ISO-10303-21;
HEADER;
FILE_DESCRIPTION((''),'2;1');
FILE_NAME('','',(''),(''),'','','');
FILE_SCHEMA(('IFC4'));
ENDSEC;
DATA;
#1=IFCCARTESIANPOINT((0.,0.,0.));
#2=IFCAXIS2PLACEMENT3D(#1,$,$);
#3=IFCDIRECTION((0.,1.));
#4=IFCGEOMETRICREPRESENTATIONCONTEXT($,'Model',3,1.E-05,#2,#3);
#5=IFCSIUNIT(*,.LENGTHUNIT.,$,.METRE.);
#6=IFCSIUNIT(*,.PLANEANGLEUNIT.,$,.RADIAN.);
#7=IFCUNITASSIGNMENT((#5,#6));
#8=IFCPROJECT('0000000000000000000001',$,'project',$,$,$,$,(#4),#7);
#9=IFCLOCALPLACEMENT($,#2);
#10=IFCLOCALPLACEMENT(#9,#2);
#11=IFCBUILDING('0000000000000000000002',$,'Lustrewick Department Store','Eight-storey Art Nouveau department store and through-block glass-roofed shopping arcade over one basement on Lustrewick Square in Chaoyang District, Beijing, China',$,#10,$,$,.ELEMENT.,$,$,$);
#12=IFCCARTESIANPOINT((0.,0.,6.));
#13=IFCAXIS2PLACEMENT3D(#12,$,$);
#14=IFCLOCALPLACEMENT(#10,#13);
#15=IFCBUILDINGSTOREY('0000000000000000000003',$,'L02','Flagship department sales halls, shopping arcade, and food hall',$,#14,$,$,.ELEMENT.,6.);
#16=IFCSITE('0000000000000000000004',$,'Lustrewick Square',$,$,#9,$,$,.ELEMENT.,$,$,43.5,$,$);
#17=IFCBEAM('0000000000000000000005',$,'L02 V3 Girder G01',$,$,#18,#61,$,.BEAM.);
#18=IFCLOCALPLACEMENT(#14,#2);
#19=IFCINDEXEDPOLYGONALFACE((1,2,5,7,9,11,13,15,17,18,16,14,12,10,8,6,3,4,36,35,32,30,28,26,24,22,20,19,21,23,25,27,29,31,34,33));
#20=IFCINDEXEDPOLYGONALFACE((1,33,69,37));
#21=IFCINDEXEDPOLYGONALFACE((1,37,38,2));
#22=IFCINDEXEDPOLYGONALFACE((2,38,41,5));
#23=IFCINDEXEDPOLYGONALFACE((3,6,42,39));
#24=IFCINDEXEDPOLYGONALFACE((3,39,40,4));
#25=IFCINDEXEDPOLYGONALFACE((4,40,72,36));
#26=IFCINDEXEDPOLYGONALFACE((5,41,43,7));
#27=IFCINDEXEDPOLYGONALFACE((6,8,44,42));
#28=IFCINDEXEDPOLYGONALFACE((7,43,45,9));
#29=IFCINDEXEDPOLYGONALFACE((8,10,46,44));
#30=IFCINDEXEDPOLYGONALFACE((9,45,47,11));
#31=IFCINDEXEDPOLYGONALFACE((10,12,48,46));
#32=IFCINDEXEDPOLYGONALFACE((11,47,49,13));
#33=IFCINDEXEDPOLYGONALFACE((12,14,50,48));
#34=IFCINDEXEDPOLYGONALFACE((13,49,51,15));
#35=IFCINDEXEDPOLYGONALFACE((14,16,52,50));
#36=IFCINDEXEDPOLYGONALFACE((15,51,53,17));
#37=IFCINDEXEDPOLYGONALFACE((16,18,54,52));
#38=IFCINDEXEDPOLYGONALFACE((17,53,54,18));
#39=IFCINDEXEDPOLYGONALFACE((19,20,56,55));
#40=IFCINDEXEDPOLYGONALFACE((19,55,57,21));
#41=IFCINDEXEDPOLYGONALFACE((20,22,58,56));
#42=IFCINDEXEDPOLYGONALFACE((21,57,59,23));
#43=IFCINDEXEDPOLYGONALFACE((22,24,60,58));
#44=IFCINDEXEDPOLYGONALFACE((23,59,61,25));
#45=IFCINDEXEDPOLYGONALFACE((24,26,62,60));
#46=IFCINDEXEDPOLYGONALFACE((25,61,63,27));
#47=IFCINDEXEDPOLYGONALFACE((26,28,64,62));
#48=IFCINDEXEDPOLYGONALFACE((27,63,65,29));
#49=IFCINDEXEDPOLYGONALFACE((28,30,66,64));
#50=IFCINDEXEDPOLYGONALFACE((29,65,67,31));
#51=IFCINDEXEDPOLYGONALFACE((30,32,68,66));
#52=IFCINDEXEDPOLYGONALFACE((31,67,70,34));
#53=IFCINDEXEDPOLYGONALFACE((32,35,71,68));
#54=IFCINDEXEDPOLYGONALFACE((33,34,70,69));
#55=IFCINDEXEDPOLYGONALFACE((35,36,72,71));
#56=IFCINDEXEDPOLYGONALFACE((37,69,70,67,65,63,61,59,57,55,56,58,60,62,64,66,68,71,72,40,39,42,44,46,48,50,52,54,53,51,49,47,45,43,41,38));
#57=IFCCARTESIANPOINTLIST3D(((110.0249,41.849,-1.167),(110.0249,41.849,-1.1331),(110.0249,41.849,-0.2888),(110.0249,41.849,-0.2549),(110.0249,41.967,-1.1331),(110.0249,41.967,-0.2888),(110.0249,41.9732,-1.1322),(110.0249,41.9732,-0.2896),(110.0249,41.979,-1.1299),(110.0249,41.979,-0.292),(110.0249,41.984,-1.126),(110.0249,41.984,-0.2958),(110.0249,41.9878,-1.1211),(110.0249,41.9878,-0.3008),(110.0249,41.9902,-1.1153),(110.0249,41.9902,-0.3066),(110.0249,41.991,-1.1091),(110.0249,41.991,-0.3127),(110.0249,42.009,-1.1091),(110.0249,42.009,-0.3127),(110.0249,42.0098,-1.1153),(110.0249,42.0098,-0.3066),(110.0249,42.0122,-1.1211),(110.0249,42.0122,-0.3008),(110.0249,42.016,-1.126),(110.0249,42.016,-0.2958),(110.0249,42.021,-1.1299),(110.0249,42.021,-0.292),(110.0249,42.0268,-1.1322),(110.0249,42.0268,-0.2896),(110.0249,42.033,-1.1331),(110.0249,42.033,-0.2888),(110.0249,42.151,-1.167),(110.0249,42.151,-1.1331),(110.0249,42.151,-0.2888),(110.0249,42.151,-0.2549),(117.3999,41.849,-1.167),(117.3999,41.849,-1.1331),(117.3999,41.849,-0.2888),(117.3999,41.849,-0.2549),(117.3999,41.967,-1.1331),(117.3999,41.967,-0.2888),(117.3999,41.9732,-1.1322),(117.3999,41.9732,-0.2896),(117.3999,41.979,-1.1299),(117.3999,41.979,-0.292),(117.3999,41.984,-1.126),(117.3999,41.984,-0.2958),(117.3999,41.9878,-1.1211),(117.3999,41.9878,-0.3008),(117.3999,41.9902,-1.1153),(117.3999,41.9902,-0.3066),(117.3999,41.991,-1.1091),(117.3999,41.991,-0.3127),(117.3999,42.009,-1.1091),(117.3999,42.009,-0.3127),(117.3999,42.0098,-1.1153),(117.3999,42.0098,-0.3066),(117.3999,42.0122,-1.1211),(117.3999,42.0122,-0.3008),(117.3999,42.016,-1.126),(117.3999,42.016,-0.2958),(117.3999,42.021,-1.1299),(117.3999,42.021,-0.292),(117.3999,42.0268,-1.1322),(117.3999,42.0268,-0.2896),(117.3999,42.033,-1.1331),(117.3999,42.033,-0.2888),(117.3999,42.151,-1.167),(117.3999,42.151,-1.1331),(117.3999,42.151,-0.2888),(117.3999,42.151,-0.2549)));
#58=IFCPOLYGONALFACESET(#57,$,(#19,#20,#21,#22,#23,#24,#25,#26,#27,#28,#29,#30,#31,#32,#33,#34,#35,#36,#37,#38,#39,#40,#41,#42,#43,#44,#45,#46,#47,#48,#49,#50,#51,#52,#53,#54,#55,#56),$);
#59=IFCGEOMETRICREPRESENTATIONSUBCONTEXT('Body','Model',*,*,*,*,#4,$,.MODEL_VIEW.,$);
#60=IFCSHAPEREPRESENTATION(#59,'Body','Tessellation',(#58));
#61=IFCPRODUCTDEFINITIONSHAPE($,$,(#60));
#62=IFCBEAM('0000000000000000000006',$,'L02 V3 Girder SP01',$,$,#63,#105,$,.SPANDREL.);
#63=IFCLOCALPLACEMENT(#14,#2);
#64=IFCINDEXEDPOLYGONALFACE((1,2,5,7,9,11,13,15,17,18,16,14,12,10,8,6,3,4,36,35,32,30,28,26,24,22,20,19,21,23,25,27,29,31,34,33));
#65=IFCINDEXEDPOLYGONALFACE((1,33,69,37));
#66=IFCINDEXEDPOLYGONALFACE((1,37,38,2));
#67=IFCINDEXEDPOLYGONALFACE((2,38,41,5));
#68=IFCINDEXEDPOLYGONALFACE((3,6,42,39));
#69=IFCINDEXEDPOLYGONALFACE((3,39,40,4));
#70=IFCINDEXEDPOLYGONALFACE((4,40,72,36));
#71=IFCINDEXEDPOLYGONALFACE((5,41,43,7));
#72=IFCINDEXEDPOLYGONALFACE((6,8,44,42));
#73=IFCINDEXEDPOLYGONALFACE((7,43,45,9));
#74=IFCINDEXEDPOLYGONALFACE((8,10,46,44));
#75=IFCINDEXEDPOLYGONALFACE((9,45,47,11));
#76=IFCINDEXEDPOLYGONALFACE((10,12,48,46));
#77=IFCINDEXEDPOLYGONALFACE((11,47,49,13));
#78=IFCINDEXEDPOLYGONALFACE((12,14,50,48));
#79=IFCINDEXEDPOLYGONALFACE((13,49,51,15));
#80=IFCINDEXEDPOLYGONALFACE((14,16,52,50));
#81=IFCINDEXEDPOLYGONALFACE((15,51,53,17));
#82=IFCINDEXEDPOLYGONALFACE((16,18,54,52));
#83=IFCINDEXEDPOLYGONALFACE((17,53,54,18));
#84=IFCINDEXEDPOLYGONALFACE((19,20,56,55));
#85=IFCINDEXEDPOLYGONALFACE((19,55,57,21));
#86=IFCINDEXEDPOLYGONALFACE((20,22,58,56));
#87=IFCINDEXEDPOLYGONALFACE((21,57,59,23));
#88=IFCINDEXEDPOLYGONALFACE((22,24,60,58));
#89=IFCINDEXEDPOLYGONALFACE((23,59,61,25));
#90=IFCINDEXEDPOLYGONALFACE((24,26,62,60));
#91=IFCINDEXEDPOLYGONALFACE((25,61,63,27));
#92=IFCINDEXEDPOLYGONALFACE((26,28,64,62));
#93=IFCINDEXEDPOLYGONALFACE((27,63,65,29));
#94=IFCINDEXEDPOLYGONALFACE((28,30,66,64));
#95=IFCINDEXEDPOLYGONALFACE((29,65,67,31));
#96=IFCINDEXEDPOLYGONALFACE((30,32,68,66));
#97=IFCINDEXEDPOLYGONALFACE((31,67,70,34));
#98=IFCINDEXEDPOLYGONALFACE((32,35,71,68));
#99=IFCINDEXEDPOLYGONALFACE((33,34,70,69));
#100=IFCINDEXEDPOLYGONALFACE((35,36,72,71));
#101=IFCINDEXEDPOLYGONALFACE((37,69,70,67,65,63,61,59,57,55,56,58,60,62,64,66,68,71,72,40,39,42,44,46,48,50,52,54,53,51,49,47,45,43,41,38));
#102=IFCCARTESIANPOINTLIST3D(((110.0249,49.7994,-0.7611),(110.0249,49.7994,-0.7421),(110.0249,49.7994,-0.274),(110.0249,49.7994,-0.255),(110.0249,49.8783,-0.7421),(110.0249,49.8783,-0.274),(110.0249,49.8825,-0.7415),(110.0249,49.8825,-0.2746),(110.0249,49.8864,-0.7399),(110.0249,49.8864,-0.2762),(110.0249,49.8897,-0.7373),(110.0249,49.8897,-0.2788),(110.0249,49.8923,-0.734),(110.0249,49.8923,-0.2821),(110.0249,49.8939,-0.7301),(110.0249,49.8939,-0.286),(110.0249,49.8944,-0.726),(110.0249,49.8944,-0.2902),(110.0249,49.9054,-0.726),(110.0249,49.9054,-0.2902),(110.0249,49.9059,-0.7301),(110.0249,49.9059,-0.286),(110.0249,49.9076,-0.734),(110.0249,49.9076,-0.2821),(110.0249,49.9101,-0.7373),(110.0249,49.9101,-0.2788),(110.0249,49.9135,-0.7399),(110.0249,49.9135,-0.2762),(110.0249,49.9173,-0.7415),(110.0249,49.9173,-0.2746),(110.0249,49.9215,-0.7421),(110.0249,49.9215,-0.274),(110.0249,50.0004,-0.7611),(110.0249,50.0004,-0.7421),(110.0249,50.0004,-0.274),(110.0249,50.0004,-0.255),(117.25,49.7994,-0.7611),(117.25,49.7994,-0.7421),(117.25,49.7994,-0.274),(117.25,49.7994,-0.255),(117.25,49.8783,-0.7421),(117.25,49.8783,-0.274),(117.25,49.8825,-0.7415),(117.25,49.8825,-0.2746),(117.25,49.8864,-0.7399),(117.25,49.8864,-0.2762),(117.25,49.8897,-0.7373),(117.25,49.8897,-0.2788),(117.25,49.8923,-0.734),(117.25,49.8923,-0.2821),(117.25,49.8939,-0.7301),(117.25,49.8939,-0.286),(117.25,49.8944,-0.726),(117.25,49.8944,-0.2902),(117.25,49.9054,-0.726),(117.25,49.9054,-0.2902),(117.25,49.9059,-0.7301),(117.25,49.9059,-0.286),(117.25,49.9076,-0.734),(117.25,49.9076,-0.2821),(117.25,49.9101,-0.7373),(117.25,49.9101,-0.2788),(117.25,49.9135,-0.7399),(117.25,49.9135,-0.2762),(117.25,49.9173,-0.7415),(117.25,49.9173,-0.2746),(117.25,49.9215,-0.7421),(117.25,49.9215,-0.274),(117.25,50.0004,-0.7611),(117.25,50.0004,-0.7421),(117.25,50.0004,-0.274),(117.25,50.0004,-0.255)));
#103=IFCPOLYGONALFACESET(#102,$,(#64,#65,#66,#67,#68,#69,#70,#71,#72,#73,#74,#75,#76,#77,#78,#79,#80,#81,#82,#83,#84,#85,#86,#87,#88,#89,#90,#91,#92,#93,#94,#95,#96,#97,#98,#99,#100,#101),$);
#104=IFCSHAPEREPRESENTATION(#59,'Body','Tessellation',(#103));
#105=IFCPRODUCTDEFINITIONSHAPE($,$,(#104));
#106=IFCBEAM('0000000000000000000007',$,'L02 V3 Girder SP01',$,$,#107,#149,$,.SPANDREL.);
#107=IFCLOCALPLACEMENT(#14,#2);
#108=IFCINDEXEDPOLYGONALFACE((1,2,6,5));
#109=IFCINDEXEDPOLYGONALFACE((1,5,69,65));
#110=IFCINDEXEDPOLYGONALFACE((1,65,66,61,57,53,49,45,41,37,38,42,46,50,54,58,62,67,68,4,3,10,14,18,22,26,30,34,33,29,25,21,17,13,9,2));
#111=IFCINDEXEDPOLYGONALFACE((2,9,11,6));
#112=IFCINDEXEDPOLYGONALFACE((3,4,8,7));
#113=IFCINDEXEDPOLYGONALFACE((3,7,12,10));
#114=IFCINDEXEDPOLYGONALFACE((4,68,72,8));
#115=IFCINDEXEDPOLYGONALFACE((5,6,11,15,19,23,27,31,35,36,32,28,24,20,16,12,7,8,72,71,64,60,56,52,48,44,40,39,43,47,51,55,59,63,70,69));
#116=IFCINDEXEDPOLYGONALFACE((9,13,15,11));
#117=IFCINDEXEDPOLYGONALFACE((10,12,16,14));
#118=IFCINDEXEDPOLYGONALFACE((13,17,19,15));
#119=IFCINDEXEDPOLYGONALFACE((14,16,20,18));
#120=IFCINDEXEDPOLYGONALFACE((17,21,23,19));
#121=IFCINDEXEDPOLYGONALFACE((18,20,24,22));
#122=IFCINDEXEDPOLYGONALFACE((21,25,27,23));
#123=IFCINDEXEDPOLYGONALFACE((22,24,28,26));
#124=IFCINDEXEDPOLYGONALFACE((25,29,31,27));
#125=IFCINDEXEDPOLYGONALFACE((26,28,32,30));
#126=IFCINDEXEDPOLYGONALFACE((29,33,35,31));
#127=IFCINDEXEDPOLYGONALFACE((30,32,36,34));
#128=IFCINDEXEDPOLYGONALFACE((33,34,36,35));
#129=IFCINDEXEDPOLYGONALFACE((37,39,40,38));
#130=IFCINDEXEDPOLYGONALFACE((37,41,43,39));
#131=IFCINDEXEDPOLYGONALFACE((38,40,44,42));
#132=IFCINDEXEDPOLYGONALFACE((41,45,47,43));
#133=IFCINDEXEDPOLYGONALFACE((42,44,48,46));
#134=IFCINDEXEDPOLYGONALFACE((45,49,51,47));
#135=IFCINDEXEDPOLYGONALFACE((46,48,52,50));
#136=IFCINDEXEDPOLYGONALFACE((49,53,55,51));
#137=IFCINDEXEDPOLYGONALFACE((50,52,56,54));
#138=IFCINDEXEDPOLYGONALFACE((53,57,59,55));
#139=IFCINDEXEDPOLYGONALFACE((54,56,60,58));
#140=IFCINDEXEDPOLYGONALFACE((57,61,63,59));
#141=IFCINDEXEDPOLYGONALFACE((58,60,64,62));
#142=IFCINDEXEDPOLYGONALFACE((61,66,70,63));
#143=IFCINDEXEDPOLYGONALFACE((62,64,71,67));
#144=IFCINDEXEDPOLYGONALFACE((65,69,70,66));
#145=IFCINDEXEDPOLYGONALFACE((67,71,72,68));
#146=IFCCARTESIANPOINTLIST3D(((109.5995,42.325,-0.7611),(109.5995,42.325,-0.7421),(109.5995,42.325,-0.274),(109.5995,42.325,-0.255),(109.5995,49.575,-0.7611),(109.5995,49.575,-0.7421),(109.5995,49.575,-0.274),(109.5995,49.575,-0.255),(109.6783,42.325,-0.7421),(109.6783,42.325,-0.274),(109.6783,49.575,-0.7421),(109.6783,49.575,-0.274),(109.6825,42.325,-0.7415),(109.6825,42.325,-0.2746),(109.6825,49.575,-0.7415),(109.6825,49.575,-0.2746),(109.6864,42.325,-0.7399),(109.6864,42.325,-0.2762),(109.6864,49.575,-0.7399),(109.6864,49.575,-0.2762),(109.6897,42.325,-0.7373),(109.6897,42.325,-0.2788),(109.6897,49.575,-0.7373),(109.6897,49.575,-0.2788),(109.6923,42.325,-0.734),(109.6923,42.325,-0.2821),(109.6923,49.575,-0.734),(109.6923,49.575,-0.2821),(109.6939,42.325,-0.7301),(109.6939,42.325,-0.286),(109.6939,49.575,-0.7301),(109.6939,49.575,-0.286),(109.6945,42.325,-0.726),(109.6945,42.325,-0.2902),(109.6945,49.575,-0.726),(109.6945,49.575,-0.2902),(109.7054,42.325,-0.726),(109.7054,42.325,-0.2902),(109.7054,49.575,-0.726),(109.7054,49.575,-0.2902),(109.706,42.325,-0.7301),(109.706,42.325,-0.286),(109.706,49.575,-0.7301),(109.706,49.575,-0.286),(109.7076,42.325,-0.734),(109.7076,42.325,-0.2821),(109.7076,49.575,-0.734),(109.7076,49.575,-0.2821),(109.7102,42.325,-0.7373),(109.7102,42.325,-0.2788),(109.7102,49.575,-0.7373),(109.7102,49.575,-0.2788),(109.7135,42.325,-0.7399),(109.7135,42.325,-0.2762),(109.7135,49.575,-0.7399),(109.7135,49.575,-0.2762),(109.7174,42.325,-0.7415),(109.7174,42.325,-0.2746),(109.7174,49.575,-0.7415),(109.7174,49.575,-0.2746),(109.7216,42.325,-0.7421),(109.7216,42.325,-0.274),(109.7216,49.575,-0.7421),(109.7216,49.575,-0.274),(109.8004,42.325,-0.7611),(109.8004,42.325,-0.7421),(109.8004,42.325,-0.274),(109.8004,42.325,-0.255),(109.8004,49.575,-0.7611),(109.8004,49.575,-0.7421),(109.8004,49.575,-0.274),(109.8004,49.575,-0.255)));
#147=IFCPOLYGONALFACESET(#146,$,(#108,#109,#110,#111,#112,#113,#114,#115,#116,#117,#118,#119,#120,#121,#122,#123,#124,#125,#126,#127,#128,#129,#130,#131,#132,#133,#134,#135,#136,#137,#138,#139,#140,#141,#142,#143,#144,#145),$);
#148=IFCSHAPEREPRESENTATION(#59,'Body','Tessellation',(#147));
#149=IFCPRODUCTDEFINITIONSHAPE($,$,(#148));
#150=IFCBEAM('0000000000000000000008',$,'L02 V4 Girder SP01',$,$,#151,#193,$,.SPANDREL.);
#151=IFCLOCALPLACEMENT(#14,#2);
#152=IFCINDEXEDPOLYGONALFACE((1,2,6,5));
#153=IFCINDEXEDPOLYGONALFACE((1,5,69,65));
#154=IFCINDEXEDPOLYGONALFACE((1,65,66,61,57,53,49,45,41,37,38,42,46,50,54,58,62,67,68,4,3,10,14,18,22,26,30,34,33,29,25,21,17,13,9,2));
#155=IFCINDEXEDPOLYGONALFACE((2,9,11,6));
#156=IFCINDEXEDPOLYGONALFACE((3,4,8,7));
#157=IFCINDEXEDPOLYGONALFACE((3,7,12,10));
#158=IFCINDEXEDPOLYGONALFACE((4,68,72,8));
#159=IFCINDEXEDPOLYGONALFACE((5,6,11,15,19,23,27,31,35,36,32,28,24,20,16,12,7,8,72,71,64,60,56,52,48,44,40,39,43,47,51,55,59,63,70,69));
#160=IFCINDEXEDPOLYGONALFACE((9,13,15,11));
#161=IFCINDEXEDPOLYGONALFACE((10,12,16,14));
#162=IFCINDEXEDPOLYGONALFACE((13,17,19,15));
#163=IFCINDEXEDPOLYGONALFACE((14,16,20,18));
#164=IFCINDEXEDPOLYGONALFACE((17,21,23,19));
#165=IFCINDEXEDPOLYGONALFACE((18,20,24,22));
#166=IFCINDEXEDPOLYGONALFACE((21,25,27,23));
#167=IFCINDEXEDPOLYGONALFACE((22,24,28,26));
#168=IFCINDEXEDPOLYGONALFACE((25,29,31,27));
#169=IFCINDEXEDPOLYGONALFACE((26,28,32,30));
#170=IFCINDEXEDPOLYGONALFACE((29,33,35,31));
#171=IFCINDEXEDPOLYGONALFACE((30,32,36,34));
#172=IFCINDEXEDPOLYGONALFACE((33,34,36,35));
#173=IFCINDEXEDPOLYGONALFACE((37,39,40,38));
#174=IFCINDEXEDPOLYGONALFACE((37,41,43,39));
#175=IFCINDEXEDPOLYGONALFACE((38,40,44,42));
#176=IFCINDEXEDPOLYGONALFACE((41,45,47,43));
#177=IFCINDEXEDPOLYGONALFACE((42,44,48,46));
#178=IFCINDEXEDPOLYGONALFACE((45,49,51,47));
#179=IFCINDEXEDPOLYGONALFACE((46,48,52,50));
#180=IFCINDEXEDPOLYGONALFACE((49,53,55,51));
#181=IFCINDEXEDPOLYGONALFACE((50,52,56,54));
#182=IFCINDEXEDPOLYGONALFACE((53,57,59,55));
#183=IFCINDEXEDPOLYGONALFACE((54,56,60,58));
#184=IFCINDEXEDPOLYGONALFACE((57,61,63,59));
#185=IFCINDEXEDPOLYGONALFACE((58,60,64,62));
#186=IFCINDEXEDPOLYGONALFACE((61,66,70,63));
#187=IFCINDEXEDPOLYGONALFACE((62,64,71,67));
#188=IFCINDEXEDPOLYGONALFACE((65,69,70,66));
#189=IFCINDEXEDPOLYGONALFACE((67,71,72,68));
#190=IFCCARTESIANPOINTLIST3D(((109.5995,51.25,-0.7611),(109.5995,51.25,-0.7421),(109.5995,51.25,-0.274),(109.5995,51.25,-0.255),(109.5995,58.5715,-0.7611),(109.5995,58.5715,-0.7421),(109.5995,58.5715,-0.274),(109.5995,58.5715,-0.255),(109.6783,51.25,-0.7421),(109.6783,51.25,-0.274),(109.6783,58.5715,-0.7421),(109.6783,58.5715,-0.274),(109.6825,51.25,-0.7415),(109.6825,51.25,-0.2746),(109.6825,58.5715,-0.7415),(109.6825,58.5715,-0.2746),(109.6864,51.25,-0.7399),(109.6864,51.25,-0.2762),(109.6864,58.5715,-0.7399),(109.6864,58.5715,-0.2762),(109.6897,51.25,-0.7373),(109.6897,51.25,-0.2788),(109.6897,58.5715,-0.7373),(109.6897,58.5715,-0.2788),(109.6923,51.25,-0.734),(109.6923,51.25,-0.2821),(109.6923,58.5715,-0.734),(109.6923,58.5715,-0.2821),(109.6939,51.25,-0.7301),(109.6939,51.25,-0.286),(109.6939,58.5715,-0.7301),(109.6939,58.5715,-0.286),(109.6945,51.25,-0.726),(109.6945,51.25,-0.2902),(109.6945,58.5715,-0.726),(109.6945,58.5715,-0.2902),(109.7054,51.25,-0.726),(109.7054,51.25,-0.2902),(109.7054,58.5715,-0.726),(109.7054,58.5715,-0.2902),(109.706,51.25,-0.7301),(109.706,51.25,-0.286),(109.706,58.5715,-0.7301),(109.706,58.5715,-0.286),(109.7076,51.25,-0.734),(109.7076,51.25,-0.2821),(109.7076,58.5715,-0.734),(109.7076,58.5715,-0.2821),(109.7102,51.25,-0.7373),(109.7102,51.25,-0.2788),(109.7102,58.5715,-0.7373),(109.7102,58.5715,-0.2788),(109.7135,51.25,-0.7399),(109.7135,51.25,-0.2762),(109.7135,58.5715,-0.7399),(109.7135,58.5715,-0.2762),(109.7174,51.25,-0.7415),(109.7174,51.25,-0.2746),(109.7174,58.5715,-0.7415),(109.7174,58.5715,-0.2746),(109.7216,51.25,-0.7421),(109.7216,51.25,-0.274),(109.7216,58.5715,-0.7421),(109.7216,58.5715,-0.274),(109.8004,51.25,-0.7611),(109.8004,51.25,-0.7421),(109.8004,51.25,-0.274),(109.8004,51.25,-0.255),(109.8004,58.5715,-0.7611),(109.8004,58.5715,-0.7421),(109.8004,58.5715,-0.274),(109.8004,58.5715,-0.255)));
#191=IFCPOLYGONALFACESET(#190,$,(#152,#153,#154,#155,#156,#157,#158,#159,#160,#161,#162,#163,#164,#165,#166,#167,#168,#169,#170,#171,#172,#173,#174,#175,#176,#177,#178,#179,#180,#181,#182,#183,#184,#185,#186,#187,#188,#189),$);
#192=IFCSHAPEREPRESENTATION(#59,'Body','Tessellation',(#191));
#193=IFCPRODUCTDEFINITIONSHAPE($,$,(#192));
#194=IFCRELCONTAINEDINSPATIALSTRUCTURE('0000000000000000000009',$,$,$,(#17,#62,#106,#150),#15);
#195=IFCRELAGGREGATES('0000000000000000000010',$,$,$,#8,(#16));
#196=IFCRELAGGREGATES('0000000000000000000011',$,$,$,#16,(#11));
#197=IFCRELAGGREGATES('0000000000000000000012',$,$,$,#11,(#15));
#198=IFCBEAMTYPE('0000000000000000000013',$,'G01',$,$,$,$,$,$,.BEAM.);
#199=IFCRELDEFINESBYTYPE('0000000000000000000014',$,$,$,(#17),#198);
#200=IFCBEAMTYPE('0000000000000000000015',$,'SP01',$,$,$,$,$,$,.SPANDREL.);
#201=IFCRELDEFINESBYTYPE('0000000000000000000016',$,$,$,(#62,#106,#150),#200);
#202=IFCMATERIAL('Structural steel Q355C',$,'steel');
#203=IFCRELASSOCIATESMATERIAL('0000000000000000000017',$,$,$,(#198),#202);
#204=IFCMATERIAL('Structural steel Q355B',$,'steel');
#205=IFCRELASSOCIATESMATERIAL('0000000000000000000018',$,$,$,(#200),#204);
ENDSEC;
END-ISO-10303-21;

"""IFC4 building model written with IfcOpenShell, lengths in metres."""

from ifc_helpers import new_model, si_unit, direction, frame, origin, origin_2d, place, context, subcontext, project, spatial, i_section, extrude, material, material_profile, profile_set, type_object, element, save


model = new_model("IFC4")

# Units and contexts
model_context = context("Model", 3, precision=1e-05, world=origin(), true_north=direction((0.0, 1.0)))
body_context = subcontext(model_context, "Body", "Model", "MODEL_VIEW")
ifc_project = project(units=[si_unit("LENGTHUNIT", "METRE"), si_unit("PLANEANGLEUNIT", "RADIAN")], contexts=[model_context])

# Site, building, storey
site_placement = place(None, origin())
site = spatial("IfcSite", under=ifc_project, at=site_placement, Name="Lustrewick Square", CompositionType="ELEMENT", RefElevation=43.5)
building_placement = place(site_placement, origin())
building = spatial("IfcBuilding", under=site, at=building_placement, Name="Lustrewick Department Store", Description="Eight-storey Art Nouveau department store and through-block glass-roofed shopping arcade over one basement on Lustrewick Square in Chaoyang District, Beijing, China", CompositionType="ELEMENT")
storey_placement = place(building_placement, frame((0.0, 0.0, 6.0)))
storey = spatial("IfcBuildingStorey", under=building, at=storey_placement, Name="L02", Description="Flagship department sales halls, shopping arcade, and food hall", CompositionType="ELEMENT", Elevation=6.0)

# Shared definitions
ifc_material_1 = material(Name="Structural steel Q355C", Category="steel")
ifc_material_2 = material(Name="Structural steel Q355B", Category="steel")

# Beams
ifc_material_profile_1 = material_profile(ifc_material_1, i_section(OverallWidth=0.302, OverallDepth=0.9121, WebThickness=0.0181, FlangeThickness=0.0339, FilletRadius=0.0239, at=origin_2d()), Name="HN 912x302x18x34")
ifc_profile_set_1 = profile_set([ifc_material_profile_1], Name="Structural steel Q355C")
beam_type_1 = type_object("IfcBeamType", Name="G01", PredefinedType="BEAM", material=ifc_profile_set_1)
beam_1_placement = place(storey_placement, frame((110.0249, 42.0, -0.7109), z_axis=(1.0, 0.0, 0.0), x_axis=(0.0, 1.0, 0.0)))
element("IfcBeam", 1, at=beam_1_placement, inside=storey, type_object=beam_type_1, Name="L02 V3 Girder G01", PredefinedType="BEAM", context=body_context, shape_type="SweptSolid", body=[
    extrude(i_section(OverallWidth=0.302, OverallDepth=0.9121, WebThickness=0.0181, FlangeThickness=0.0339, FilletRadius=0.0239, at=origin_2d()), origin(), (0.0, 0.0, 1.0), 7.375),
])
ifc_material_profile_2 = material_profile(ifc_material_2, i_section(OverallWidth=0.2009, OverallDepth=0.5061, WebThickness=0.011, FlangeThickness=0.019, FilletRadius=0.0161, at=origin_2d()), Name="HN 506x201x11x19")
ifc_profile_set_2 = profile_set([ifc_material_profile_2], Name="Structural steel Q355B")
beam_type_2 = type_object("IfcBeamType", Name="SP01", PredefinedType="SPANDREL", material=ifc_profile_set_2)
beam_2_placement = place(storey_placement, frame((110.0249, 49.8999, -0.5081), z_axis=(1.0, 0.0, 0.0), x_axis=(0.0, 1.0, 0.0)))
element("IfcBeam", 2, at=beam_2_placement, inside=storey, type_object=beam_type_2, Name="L02 V3 Girder SP01", PredefinedType="SPANDREL", context=body_context, shape_type="SweptSolid", body=[
    extrude(i_section(OverallWidth=0.2009, OverallDepth=0.5061, WebThickness=0.011, FlangeThickness=0.019, FilletRadius=0.0161, at=origin_2d()), origin(), (0.0, 0.0, 1.0), 7.2251),
])
beam_3_placement = place(storey_placement, frame((109.7, 42.325, -0.5081), z_axis=(0.0, 1.0, 0.0), x_axis=(-1.0, 0.0, 0.0)))
element("IfcBeam", 3, at=beam_3_placement, inside=storey, type_object=beam_type_2, Name="L02 V3 Girder SP01", PredefinedType="SPANDREL", context=body_context, shape_type="SweptSolid", body=[
    extrude(i_section(OverallWidth=0.2009, OverallDepth=0.5061, WebThickness=0.011, FlangeThickness=0.019, FilletRadius=0.0161, at=origin_2d()), origin(), (0.0, 0.0, 1.0), 7.25),
])
beam_4_placement = place(storey_placement, frame((109.7, 51.25, -0.5081), z_axis=(0.0, 1.0, 0.0), x_axis=(-1.0, 0.0, 0.0)))
element("IfcBeam", 4, at=beam_4_placement, inside=storey, type_object=beam_type_2, Name="L02 V4 Girder SP01", PredefinedType="SPANDREL", context=body_context, shape_type="SweptSolid", body=[
    extrude(i_section(OverallWidth=0.2009, OverallDepth=0.5061, WebThickness=0.011, FlangeThickness=0.019, FilletRadius=0.0161, at=origin_2d()), origin(), (0.0, 0.0, 1.0), 7.3215),
])

save(model, "model.ifc")
